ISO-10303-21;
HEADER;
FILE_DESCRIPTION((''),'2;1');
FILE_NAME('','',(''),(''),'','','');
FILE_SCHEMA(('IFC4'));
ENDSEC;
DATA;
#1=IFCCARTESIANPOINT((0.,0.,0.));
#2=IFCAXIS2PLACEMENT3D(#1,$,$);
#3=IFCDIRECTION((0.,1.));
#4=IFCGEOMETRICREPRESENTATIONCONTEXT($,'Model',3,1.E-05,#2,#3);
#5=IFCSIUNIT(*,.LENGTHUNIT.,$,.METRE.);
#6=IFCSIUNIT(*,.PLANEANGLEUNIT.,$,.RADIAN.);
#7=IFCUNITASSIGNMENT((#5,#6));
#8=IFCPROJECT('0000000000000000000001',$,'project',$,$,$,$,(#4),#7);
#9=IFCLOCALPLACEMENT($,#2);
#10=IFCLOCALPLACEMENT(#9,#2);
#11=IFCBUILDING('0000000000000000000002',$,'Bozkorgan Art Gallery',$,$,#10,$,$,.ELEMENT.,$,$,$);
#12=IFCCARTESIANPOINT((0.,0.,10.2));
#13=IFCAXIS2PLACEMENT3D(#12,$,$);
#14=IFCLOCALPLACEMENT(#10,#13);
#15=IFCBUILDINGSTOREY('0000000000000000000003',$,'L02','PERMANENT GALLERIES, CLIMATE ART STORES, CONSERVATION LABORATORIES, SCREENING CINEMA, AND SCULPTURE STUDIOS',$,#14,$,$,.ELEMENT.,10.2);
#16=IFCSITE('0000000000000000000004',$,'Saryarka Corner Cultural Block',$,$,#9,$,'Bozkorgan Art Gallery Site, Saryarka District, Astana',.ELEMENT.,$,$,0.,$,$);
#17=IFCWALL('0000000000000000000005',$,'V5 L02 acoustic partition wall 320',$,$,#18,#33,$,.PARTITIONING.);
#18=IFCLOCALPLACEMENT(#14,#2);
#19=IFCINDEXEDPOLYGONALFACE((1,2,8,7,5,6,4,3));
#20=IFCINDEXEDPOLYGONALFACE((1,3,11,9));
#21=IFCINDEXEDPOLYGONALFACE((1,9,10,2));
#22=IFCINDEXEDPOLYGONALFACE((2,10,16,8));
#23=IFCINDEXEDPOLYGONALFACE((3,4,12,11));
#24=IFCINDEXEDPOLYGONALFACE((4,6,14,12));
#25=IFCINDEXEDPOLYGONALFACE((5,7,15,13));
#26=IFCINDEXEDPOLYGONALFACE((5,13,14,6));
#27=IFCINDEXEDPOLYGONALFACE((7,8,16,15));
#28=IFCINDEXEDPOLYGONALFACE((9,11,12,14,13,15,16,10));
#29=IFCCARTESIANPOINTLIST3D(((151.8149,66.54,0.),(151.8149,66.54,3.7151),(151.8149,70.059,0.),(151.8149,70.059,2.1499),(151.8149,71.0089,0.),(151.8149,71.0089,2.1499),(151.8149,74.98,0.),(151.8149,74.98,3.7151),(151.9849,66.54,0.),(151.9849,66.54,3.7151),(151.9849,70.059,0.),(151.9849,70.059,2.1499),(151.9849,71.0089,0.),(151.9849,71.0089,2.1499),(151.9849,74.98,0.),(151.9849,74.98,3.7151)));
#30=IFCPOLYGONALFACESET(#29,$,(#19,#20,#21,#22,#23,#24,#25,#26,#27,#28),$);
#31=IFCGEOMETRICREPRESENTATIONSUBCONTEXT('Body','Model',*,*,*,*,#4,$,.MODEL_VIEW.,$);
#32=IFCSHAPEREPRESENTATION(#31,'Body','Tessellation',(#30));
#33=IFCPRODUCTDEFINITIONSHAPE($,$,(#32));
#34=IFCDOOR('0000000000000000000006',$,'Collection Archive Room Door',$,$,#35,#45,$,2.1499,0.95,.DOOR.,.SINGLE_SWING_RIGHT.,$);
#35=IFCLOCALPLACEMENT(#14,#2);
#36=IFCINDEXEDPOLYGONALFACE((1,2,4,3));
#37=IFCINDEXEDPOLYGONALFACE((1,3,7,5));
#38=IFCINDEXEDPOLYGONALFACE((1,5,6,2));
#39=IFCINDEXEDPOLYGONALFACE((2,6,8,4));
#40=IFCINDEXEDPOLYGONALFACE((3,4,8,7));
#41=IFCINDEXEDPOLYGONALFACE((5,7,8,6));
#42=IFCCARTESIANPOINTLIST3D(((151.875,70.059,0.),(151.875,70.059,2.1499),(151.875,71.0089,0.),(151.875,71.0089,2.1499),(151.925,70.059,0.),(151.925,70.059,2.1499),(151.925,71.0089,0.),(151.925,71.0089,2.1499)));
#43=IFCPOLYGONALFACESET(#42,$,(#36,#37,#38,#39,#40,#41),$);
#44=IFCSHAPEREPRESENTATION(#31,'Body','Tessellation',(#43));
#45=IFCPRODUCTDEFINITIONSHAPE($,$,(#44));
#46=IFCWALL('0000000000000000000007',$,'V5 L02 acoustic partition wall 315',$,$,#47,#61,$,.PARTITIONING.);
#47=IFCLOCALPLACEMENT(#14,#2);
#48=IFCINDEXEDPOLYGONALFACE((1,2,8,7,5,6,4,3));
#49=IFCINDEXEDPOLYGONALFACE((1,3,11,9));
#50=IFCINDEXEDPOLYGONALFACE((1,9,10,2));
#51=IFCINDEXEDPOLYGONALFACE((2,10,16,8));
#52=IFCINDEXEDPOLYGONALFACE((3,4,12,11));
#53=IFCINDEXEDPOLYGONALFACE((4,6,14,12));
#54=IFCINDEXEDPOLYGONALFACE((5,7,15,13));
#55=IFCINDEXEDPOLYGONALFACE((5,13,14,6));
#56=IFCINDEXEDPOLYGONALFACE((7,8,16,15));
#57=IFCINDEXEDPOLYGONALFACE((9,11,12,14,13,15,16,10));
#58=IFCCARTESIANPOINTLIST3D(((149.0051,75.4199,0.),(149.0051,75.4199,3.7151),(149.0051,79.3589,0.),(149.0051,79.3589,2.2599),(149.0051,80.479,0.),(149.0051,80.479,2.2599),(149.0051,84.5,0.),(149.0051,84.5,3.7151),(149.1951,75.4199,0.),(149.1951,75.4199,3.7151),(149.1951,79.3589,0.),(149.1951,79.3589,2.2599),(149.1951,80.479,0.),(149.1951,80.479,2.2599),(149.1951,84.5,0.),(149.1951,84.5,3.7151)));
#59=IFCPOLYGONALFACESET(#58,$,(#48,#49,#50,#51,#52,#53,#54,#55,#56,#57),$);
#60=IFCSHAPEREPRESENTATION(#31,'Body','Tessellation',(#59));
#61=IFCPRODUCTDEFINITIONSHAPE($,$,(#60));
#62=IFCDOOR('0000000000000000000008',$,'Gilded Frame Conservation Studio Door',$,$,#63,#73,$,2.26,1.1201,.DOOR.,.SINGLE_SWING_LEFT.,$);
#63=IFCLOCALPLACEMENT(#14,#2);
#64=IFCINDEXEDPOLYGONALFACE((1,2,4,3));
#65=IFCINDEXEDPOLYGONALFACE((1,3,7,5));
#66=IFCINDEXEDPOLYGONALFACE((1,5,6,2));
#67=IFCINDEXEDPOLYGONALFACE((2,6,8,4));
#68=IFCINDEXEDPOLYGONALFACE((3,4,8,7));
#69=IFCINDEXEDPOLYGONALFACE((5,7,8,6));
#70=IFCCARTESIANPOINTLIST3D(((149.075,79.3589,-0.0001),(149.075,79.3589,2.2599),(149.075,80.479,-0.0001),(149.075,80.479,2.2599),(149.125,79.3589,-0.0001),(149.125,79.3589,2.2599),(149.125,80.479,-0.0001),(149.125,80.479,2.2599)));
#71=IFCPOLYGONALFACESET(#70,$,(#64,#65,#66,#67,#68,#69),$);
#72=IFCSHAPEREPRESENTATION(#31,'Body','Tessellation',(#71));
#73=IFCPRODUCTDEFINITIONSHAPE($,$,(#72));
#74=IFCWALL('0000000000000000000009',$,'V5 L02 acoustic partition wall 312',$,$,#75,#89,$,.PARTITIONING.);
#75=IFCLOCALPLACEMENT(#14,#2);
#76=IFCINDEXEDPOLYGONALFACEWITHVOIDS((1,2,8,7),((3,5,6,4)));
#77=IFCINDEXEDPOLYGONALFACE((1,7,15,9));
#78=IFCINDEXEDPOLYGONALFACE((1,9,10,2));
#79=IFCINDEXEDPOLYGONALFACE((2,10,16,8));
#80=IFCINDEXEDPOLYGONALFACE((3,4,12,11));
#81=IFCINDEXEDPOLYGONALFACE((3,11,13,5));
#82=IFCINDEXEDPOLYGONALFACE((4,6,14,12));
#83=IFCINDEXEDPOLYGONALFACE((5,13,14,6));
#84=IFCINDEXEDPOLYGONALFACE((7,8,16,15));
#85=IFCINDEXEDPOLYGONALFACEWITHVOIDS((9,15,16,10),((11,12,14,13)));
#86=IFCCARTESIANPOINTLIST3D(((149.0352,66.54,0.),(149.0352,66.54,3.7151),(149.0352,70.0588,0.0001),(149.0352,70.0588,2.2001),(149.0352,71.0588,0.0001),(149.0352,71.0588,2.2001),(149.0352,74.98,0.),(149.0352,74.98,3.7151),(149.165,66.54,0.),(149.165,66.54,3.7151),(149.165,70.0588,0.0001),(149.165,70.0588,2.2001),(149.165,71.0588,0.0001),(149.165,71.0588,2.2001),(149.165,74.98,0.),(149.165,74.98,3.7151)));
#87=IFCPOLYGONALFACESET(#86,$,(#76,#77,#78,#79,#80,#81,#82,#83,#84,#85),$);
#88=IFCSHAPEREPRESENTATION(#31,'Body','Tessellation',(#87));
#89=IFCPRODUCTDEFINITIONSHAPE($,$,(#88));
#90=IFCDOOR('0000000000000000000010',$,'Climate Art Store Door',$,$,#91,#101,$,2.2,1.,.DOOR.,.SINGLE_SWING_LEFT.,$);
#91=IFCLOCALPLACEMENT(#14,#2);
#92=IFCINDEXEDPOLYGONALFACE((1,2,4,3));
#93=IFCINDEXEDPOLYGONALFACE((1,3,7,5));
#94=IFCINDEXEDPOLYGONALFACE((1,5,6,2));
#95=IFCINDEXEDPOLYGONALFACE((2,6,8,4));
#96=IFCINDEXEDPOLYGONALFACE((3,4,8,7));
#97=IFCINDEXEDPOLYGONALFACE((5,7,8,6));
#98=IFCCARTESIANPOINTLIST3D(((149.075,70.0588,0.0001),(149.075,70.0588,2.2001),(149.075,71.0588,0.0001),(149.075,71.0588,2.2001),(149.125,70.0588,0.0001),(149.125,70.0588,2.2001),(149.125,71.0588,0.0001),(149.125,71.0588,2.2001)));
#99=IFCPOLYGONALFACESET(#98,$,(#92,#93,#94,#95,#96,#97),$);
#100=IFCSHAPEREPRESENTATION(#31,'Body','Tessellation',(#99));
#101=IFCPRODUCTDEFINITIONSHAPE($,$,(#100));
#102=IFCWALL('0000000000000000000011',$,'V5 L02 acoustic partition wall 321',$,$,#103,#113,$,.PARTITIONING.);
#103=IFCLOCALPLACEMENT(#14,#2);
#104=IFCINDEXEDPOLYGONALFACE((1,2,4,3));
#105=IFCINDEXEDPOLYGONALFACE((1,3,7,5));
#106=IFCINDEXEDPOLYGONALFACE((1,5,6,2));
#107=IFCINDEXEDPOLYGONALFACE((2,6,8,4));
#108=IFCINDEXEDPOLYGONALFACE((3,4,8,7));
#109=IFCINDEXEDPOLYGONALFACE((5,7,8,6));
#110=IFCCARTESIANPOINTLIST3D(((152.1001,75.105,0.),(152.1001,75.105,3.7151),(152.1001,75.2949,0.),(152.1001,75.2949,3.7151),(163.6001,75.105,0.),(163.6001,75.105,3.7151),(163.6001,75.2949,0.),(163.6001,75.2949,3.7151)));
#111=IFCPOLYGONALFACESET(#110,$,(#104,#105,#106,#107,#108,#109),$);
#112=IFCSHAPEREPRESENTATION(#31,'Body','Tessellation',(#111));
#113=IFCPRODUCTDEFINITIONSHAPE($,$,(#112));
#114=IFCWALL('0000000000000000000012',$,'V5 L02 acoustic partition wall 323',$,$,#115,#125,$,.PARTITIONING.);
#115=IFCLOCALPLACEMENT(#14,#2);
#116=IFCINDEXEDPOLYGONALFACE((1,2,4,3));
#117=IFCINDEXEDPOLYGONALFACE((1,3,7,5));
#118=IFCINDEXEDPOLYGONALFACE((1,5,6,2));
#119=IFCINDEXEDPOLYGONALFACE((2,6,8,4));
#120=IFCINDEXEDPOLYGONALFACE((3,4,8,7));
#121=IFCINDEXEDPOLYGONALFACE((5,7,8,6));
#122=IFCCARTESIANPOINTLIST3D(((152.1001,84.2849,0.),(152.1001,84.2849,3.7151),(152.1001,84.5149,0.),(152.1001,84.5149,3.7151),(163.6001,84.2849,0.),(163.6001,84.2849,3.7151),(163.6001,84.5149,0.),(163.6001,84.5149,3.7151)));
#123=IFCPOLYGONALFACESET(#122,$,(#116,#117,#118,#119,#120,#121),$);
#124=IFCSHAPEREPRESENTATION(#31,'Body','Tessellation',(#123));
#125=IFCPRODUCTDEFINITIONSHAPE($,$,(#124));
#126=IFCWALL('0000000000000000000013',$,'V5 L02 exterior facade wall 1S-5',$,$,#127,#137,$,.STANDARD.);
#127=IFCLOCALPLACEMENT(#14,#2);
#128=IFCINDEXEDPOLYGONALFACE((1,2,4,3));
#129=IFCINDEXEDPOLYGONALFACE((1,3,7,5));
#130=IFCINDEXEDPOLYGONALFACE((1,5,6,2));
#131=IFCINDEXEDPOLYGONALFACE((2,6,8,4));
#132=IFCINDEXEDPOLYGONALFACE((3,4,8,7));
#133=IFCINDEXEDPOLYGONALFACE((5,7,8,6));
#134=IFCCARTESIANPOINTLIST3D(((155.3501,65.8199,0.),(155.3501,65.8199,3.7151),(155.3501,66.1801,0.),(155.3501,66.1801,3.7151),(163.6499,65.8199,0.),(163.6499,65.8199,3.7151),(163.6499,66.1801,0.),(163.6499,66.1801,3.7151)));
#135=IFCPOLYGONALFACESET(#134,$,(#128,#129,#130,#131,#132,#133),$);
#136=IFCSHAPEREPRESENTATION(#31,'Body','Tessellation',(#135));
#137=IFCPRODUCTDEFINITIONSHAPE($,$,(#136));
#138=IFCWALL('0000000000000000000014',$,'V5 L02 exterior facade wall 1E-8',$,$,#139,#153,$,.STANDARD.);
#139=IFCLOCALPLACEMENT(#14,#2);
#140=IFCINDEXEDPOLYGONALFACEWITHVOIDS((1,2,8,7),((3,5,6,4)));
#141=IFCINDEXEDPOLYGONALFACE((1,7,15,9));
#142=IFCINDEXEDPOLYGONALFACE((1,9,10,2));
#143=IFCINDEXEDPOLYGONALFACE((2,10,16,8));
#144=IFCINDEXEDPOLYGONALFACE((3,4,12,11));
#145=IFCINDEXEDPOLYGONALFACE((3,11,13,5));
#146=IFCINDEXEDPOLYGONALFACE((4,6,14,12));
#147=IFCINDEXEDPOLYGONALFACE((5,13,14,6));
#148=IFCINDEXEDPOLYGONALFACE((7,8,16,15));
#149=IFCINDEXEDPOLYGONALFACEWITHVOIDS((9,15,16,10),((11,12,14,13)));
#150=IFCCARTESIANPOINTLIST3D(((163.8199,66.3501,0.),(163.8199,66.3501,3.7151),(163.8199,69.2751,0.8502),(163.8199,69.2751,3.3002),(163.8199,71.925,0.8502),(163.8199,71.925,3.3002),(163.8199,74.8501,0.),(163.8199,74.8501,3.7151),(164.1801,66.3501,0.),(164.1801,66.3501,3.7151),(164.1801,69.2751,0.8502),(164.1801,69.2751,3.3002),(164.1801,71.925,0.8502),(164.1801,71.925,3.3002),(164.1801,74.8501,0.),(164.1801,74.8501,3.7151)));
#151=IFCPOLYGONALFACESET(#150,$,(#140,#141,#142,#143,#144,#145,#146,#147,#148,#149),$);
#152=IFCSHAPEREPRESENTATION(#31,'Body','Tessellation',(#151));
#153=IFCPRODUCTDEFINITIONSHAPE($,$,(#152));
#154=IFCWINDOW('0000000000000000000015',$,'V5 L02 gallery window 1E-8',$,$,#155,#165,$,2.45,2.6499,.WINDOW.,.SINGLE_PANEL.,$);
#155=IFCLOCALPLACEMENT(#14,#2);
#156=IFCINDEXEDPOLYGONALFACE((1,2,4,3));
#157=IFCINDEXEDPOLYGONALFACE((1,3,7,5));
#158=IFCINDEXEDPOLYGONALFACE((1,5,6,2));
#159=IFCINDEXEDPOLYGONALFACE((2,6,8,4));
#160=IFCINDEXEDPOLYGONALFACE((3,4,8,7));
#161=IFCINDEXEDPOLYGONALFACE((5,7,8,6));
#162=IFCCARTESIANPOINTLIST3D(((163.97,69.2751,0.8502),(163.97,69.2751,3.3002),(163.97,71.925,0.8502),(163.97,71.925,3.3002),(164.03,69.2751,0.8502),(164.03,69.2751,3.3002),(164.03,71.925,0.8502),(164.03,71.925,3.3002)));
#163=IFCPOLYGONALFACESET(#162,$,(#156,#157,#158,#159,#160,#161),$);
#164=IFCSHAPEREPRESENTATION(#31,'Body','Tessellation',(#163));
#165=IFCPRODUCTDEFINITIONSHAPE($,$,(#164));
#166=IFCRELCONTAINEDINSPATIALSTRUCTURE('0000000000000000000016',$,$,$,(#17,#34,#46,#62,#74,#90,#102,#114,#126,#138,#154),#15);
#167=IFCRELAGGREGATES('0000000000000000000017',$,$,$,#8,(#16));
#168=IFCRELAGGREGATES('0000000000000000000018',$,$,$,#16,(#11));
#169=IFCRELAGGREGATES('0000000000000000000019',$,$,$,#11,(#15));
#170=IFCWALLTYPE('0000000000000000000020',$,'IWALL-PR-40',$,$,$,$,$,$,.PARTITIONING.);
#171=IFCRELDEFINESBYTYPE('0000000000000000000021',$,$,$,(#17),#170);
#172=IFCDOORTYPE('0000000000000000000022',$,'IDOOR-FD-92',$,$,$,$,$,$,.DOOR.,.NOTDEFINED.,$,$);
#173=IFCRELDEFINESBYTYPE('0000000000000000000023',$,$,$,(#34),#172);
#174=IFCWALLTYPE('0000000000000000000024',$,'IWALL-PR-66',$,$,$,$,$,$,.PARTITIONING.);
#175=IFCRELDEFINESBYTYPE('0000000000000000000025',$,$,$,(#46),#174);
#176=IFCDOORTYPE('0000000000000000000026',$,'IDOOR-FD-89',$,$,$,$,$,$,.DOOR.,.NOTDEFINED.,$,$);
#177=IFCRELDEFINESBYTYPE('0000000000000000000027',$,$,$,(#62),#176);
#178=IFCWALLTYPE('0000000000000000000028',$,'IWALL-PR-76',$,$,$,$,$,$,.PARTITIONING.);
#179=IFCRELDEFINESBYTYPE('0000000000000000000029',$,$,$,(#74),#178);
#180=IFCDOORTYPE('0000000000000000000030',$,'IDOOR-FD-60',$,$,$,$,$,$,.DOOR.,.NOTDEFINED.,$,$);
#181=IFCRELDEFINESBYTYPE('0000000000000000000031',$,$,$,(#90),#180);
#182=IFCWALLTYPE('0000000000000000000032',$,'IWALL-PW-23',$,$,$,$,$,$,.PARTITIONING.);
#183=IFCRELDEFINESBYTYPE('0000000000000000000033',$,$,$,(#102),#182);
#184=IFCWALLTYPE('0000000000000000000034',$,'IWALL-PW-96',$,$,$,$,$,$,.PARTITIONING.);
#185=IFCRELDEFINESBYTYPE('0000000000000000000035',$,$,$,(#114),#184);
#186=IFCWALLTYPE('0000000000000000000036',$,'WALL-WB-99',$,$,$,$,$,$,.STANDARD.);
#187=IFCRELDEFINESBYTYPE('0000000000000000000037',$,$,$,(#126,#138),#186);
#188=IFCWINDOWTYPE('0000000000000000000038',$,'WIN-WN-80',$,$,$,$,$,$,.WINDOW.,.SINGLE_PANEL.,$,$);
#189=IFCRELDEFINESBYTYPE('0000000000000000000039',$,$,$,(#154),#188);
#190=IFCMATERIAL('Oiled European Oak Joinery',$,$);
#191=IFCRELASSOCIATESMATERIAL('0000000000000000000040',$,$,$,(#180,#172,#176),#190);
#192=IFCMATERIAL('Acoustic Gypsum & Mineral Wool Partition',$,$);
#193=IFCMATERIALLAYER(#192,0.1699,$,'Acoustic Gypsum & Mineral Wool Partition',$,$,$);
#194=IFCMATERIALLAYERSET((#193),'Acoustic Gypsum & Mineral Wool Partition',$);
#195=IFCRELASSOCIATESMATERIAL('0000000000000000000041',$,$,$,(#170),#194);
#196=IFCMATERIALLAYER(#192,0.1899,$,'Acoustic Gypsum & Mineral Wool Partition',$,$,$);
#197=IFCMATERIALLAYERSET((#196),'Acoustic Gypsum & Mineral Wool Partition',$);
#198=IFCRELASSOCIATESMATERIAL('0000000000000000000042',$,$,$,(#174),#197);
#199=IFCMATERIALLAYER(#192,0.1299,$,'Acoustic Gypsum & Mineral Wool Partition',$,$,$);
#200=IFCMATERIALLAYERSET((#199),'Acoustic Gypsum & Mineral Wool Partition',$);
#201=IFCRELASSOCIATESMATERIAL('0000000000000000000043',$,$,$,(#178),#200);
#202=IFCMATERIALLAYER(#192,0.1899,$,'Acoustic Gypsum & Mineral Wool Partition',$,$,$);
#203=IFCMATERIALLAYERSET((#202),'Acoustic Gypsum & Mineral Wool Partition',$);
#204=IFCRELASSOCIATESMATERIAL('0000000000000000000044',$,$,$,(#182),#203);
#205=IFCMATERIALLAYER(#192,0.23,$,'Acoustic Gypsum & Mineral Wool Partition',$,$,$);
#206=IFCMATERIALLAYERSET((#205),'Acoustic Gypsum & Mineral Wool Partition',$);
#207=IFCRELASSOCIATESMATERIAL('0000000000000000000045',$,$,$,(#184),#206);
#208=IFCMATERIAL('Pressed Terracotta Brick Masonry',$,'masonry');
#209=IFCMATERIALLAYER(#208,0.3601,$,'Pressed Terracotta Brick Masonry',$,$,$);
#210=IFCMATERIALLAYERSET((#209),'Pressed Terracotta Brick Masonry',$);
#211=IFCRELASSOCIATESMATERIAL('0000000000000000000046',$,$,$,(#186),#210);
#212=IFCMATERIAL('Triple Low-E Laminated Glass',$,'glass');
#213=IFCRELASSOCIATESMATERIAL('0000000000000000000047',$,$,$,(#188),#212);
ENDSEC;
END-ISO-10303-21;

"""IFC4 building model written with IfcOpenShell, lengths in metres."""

from ifc_helpers import new_model, si_unit, direction, frame, frame_2d, origin, place, context, subcontext, project, spatial, rectangle, extrude, material, layer, layer_set, type_object, element, fill, save


model = new_model("IFC4")

# Units and contexts
model_context = context("Model", 3, precision=1e-05, world=origin(), true_north=direction((0.0, 1.0)))
body_context = subcontext(model_context, "Body", "Model", "MODEL_VIEW")
ifc_project = project(units=[si_unit("LENGTHUNIT", "METRE"), si_unit("PLANEANGLEUNIT", "RADIAN")], contexts=[model_context])

# Site, building, storey
site_placement = place(None, origin())
site = spatial("IfcSite", under=ifc_project, at=site_placement, Name="Saryarka Corner Cultural Block", LongName="Bozkorgan Art Gallery Site, Saryarka District, Astana", CompositionType="ELEMENT", RefElevation=0.0)
building_placement = place(site_placement, origin())
building = spatial("IfcBuilding", under=site, at=building_placement, Name="Bozkorgan Art Gallery", CompositionType="ELEMENT")
storey_placement = place(building_placement, frame((0.0, 0.0, 10.2)))
storey = spatial("IfcBuildingStorey", under=building, at=storey_placement, Name="L02", Description="PERMANENT GALLERIES, CLIMATE ART STORES, CONSERVATION LABORATORIES, SCREENING CINEMA, AND SCULPTURE STUDIOS", CompositionType="ELEMENT", Elevation=10.2)

# Walls, openings, doors
ifc_material_1 = material(Name="Acoustic Gypsum & Mineral Wool Partition")
ifc_material_2 = material(Name="Oiled European Oak Joinery")
door_type_1 = type_object("IfcDoorType", Name="IDOOR-FD-60", OperationType="NOTDEFINED", PredefinedType="DOOR", material=ifc_material_2)
ifc_layer_1 = layer(ifc_material_1, 0.1699, Name="Acoustic Gypsum & Mineral Wool Partition")
ifc_layer_set_1 = layer_set([ifc_layer_1], Name="Acoustic Gypsum & Mineral Wool Partition")
wall_type_1 = type_object("IfcWallType", Name="IWALL-PR-40", PredefinedType="PARTITIONING", material=ifc_layer_set_1)
wall_1_placement = place(storey_placement, frame((151.8999, 66.54, 0.0), z_axis=(0.0, 0.0, 1.0), x_axis=(0.0, 1.0, 0.0)))
wall_1 = element("IfcWall", 1, at=wall_1_placement, inside=storey, type_object=wall_type_1, Name="V5 L02 acoustic partition wall 320", PredefinedType="PARTITIONING", context=body_context, shape_type="SweptSolid", body=[
    extrude(rectangle(XDim=8.4399, YDim=0.1699, at=frame_2d((4.22, 0.0))), origin(), (0.0, 0.0, 1.0), 3.7151),
])
opening_1_placement = place(wall_1_placement, frame((3.5188, 0.0, 0.0)))
opening_1 = element("IfcOpeningElement", 2, at=opening_1_placement, cuts=wall_1, PredefinedType="OPENING", context=body_context, shape_type="SweptSolid", body=[
    extrude(rectangle(XDim=0.95, YDim=2.1499, at=frame_2d((0.4751, 1.075))), frame((0.0, 0.095, 0.0), z_axis=(0.0, -1.0, 0.0), x_axis=(1.0, 0.0, 0.0)), (0.0, 0.0, 1.0), 0.1899),
])
door_type_2 = type_object("IfcDoorType", Name="IDOOR-FD-92", OperationType="NOTDEFINED", PredefinedType="DOOR", material=ifc_material_2)
door_1_placement = place(opening_1_placement, origin())
door_1 = element("IfcDoor", 3, at=door_1_placement, inside=storey, type_object=door_type_2, Name="Collection Archive Room Door", OperationType="SINGLE_SWING_RIGHT", OverallHeight=2.1499, OverallWidth=0.95, PredefinedType="DOOR", context=body_context, shape_type="SweptSolid", body=[
    extrude(rectangle(XDim=0.95, YDim=2.1499, at=frame_2d((0.4751, 1.075))), frame((0.0, 0.0249, 0.0), z_axis=(0.0, -1.0, 0.0), x_axis=(1.0, 0.0, 0.0)), (0.0, 0.0, 1.0), 0.05),
])
fill(opening_1, door_1)
ifc_layer_2 = layer(ifc_material_1, 0.1899, Name="Acoustic Gypsum & Mineral Wool Partition")
ifc_layer_set_2 = layer_set([ifc_layer_2], Name="Acoustic Gypsum & Mineral Wool Partition")
wall_type_2 = type_object("IfcWallType", Name="IWALL-PR-66", PredefinedType="PARTITIONING", material=ifc_layer_set_2)
wall_2_placement = place(storey_placement, frame((149.1001, 75.4199, 0.0), z_axis=(0.0, 0.0, 1.0), x_axis=(0.0, 1.0, 0.0)))
wall_2 = element("IfcWall", 4, at=wall_2_placement, inside=storey, type_object=wall_type_2, Name="V5 L02 acoustic partition wall 315", PredefinedType="PARTITIONING", context=body_context, shape_type="SweptSolid", body=[
    extrude(rectangle(XDim=9.0801, YDim=0.1899, at=frame_2d((4.54, 0.0))), origin(), (0.0, 0.0, 1.0), 3.7151),
])
opening_2_placement = place(wall_2_placement, frame((5.0591, 0.0, 0.0), z_axis=(0.0, 0.0, 1.0), x_axis=(-1.0, 0.0, 0.0)))
opening_2 = element("IfcOpeningElement", 5, at=opening_2_placement, cuts=wall_2, PredefinedType="OPENING", context=body_context, shape_type="SweptSolid", body=[
    extrude(rectangle(XDim=1.1201, YDim=2.26, at=frame_2d((0.5601, 1.1299))), frame((0.0, 0.105, 0.0), z_axis=(0.0, -1.0, 0.0), x_axis=(1.0, 0.0, 0.0)), (0.0, 0.0, 1.0), 0.21),
])
door_type_3 = type_object("IfcDoorType", Name="IDOOR-FD-89", OperationType="NOTDEFINED", PredefinedType="DOOR", material=ifc_material_2)
door_2_placement = place(opening_2_placement, origin())
door_2 = element("IfcDoor", 6, at=door_2_placement, inside=storey, type_object=door_type_3, Name="Gilded Frame Conservation Studio Door", OperationType="SINGLE_SWING_LEFT", OverallHeight=2.26, OverallWidth=1.1201, PredefinedType="DOOR", context=body_context, shape_type="SweptSolid", body=[
    extrude(rectangle(XDim=1.1201, YDim=2.26, at=frame_2d((0.5601, 1.1299))), frame((0.0, 0.0249, 0.0), z_axis=(0.0, -1.0, 0.0), x_axis=(1.0, 0.0, 0.0)), (0.0, 0.0, 1.0), 0.05),
])
fill(opening_2, door_2)
ifc_layer_3 = layer(ifc_material_1, 0.1299, Name="Acoustic Gypsum & Mineral Wool Partition")
ifc_layer_set_3 = layer_set([ifc_layer_3], Name="Acoustic Gypsum & Mineral Wool Partition")
wall_type_3 = type_object("IfcWallType", Name="IWALL-PR-76", PredefinedType="PARTITIONING", material=ifc_layer_set_3)
wall_3_placement = place(storey_placement, frame((149.1001, 66.54, 0.0), z_axis=(0.0, 0.0, 1.0), x_axis=(0.0, 1.0, 0.0)))
wall_3 = element("IfcWall", 7, at=wall_3_placement, inside=storey, type_object=wall_type_3, Name="V5 L02 acoustic partition wall 312", PredefinedType="PARTITIONING", context=body_context, shape_type="SweptSolid", body=[
    extrude(rectangle(XDim=8.4399, YDim=0.1299, at=frame_2d((4.22, 0.0))), origin(), (0.0, 0.0, 1.0), 3.7151),
])
opening_3_placement = place(wall_3_placement, frame((4.5188, 0.0, 0.0), z_axis=(0.0, 0.0, 1.0), x_axis=(-1.0, 0.0, 0.0)))
opening_3 = element("IfcOpeningElement", 8, at=opening_3_placement, cuts=wall_3, PredefinedType="OPENING", context=body_context, shape_type="SweptSolid", body=[
    extrude(rectangle(XDim=1.0, YDim=2.2, at=frame_2d((0.5, 1.1001))), frame((0.0, 0.075, 0.0), z_axis=(0.0, -1.0, 0.0), x_axis=(1.0, 0.0, 0.0)), (0.0, 0.0, 1.0), 0.1499),
])
door_3_placement = place(opening_3_placement, origin())
door_3 = element("IfcDoor", 9, at=door_3_placement, inside=storey, type_object=door_type_1, Name="Climate Art Store Door", OperationType="SINGLE_SWING_LEFT", OverallHeight=2.2, OverallWidth=1.0, PredefinedType="DOOR", context=body_context, shape_type="SweptSolid", body=[
    extrude(rectangle(XDim=1.0, YDim=2.2, at=frame_2d((0.5, 1.1001))), frame((0.0, 0.0249, 0.0), z_axis=(0.0, -1.0, 0.0), x_axis=(1.0, 0.0, 0.0)), (0.0, 0.0, 1.0), 0.05),
])
fill(opening_3, door_3)

# Walls
ifc_layer_4 = layer(ifc_material_1, 0.1899, Name="Acoustic Gypsum & Mineral Wool Partition")
ifc_layer_set_4 = layer_set([ifc_layer_4], Name="Acoustic Gypsum & Mineral Wool Partition")
wall_type_4 = type_object("IfcWallType", Name="IWALL-PW-23", PredefinedType="PARTITIONING", material=ifc_layer_set_4)
wall_4_placement = place(storey_placement, frame((152.1001, 75.2, 0.0), z_axis=(0.0, 0.0, 1.0), x_axis=(1.0, 0.0, 0.0)))
element("IfcWall", 10, at=wall_4_placement, inside=storey, type_object=wall_type_4, Name="V5 L02 acoustic partition wall 321", PredefinedType="PARTITIONING", context=body_context, shape_type="SweptSolid", body=[
    extrude(rectangle(XDim=11.5, YDim=0.1899, at=frame_2d((5.75, 0.0))), origin(), (0.0, 0.0, 1.0), 3.7151),
])
ifc_layer_5 = layer(ifc_material_1, 0.23, Name="Acoustic Gypsum & Mineral Wool Partition")
ifc_layer_set_5 = layer_set([ifc_layer_5], Name="Acoustic Gypsum & Mineral Wool Partition")
wall_type_5 = type_object("IfcWallType", Name="IWALL-PW-96", PredefinedType="PARTITIONING", material=ifc_layer_set_5)
wall_5_placement = place(storey_placement, frame((152.1001, 84.3999, 0.0), z_axis=(0.0, 0.0, 1.0), x_axis=(1.0, 0.0, 0.0)))
element("IfcWall", 11, at=wall_5_placement, inside=storey, type_object=wall_type_5, Name="V5 L02 acoustic partition wall 323", PredefinedType="PARTITIONING", context=body_context, shape_type="SweptSolid", body=[
    extrude(rectangle(XDim=11.5, YDim=0.23, at=frame_2d((5.75, 0.0))), origin(), (0.0, 0.0, 1.0), 3.7151),
])
ifc_material_3 = material(Name="Pressed Terracotta Brick Masonry", Category="masonry")
ifc_layer_6 = layer(ifc_material_3, 0.3601, Name="Pressed Terracotta Brick Masonry")
ifc_layer_set_6 = layer_set([ifc_layer_6], Name="Pressed Terracotta Brick Masonry")
wall_type_6 = type_object("IfcWallType", Name="WALL-WB-99", PredefinedType="STANDARD", material=ifc_layer_set_6)
wall_6_placement = place(storey_placement, frame((155.3501, 66.0, 0.0), z_axis=(0.0, 0.0, 1.0), x_axis=(1.0, 0.0, 0.0)))
element("IfcWall", 12, at=wall_6_placement, inside=storey, type_object=wall_type_6, Name="V5 L02 exterior facade wall 1S-5", PredefinedType="STANDARD", context=body_context, shape_type="SweptSolid", body=[
    extrude(rectangle(XDim=8.2998, YDim=0.3601, at=frame_2d((4.1499, 0.0))), origin(), (0.0, 0.0, 1.0), 3.7151),
])

# Wall, opening, window
wall_7_placement = place(storey_placement, frame((164.0, 66.3501, 0.0), z_axis=(0.0, 0.0, 1.0), x_axis=(0.0, 1.0, 0.0)))
wall_7 = element("IfcWall", 13, at=wall_7_placement, inside=storey, type_object=wall_type_6, Name="V5 L02 exterior facade wall 1E-8", PredefinedType="STANDARD", context=body_context, shape_type="SweptSolid", body=[
    extrude(rectangle(XDim=8.5, YDim=0.3601, at=frame_2d((4.25, 0.0))), origin(), (0.0, 0.0, 1.0), 3.7151),
])
opening_4_placement = place(wall_7_placement, frame((5.575, 0.0, 0.8501), z_axis=(0.0, 0.0, 1.0), x_axis=(-1.0, 0.0, 0.0)))
opening_4 = element("IfcOpeningElement", 14, at=opening_4_placement, cuts=wall_7, PredefinedType="OPENING", context=body_context, shape_type="SweptSolid", body=[
    extrude(rectangle(XDim=2.6499, YDim=2.45, at=frame_2d((1.325, 1.2251))), frame((0.0, 0.1899, 0.0), z_axis=(0.0, -1.0, 0.0), x_axis=(1.0, 0.0, 0.0)), (0.0, 0.0, 1.0), 0.3801),
])
ifc_material_4 = material(Name="Triple Low-E Laminated Glass", Category="glass")
window_type_1 = type_object("IfcWindowType", Name="WIN-WN-80", PartitioningType="SINGLE_PANEL", PredefinedType="WINDOW", material=ifc_material_4)
window_1_placement = place(opening_4_placement, origin())
window_1 = element("IfcWindow", 15, at=window_1_placement, inside=storey, type_object=window_type_1, Name="V5 L02 gallery window 1E-8", OverallHeight=2.45, OverallWidth=2.6499, PartitioningType="SINGLE_PANEL", PredefinedType="WINDOW", context=body_context, shape_type="SweptSolid", body=[
    extrude(rectangle(XDim=2.6499, YDim=2.45, at=frame_2d((1.325, 1.2251))), frame((0.0, 0.03, 0.0), z_axis=(0.0, -1.0, 0.0), x_axis=(1.0, 0.0, 0.0)), (0.0, 0.0, 1.0), 0.0601),
])
fill(opening_4, window_1)

save(model, "model.ifc")
